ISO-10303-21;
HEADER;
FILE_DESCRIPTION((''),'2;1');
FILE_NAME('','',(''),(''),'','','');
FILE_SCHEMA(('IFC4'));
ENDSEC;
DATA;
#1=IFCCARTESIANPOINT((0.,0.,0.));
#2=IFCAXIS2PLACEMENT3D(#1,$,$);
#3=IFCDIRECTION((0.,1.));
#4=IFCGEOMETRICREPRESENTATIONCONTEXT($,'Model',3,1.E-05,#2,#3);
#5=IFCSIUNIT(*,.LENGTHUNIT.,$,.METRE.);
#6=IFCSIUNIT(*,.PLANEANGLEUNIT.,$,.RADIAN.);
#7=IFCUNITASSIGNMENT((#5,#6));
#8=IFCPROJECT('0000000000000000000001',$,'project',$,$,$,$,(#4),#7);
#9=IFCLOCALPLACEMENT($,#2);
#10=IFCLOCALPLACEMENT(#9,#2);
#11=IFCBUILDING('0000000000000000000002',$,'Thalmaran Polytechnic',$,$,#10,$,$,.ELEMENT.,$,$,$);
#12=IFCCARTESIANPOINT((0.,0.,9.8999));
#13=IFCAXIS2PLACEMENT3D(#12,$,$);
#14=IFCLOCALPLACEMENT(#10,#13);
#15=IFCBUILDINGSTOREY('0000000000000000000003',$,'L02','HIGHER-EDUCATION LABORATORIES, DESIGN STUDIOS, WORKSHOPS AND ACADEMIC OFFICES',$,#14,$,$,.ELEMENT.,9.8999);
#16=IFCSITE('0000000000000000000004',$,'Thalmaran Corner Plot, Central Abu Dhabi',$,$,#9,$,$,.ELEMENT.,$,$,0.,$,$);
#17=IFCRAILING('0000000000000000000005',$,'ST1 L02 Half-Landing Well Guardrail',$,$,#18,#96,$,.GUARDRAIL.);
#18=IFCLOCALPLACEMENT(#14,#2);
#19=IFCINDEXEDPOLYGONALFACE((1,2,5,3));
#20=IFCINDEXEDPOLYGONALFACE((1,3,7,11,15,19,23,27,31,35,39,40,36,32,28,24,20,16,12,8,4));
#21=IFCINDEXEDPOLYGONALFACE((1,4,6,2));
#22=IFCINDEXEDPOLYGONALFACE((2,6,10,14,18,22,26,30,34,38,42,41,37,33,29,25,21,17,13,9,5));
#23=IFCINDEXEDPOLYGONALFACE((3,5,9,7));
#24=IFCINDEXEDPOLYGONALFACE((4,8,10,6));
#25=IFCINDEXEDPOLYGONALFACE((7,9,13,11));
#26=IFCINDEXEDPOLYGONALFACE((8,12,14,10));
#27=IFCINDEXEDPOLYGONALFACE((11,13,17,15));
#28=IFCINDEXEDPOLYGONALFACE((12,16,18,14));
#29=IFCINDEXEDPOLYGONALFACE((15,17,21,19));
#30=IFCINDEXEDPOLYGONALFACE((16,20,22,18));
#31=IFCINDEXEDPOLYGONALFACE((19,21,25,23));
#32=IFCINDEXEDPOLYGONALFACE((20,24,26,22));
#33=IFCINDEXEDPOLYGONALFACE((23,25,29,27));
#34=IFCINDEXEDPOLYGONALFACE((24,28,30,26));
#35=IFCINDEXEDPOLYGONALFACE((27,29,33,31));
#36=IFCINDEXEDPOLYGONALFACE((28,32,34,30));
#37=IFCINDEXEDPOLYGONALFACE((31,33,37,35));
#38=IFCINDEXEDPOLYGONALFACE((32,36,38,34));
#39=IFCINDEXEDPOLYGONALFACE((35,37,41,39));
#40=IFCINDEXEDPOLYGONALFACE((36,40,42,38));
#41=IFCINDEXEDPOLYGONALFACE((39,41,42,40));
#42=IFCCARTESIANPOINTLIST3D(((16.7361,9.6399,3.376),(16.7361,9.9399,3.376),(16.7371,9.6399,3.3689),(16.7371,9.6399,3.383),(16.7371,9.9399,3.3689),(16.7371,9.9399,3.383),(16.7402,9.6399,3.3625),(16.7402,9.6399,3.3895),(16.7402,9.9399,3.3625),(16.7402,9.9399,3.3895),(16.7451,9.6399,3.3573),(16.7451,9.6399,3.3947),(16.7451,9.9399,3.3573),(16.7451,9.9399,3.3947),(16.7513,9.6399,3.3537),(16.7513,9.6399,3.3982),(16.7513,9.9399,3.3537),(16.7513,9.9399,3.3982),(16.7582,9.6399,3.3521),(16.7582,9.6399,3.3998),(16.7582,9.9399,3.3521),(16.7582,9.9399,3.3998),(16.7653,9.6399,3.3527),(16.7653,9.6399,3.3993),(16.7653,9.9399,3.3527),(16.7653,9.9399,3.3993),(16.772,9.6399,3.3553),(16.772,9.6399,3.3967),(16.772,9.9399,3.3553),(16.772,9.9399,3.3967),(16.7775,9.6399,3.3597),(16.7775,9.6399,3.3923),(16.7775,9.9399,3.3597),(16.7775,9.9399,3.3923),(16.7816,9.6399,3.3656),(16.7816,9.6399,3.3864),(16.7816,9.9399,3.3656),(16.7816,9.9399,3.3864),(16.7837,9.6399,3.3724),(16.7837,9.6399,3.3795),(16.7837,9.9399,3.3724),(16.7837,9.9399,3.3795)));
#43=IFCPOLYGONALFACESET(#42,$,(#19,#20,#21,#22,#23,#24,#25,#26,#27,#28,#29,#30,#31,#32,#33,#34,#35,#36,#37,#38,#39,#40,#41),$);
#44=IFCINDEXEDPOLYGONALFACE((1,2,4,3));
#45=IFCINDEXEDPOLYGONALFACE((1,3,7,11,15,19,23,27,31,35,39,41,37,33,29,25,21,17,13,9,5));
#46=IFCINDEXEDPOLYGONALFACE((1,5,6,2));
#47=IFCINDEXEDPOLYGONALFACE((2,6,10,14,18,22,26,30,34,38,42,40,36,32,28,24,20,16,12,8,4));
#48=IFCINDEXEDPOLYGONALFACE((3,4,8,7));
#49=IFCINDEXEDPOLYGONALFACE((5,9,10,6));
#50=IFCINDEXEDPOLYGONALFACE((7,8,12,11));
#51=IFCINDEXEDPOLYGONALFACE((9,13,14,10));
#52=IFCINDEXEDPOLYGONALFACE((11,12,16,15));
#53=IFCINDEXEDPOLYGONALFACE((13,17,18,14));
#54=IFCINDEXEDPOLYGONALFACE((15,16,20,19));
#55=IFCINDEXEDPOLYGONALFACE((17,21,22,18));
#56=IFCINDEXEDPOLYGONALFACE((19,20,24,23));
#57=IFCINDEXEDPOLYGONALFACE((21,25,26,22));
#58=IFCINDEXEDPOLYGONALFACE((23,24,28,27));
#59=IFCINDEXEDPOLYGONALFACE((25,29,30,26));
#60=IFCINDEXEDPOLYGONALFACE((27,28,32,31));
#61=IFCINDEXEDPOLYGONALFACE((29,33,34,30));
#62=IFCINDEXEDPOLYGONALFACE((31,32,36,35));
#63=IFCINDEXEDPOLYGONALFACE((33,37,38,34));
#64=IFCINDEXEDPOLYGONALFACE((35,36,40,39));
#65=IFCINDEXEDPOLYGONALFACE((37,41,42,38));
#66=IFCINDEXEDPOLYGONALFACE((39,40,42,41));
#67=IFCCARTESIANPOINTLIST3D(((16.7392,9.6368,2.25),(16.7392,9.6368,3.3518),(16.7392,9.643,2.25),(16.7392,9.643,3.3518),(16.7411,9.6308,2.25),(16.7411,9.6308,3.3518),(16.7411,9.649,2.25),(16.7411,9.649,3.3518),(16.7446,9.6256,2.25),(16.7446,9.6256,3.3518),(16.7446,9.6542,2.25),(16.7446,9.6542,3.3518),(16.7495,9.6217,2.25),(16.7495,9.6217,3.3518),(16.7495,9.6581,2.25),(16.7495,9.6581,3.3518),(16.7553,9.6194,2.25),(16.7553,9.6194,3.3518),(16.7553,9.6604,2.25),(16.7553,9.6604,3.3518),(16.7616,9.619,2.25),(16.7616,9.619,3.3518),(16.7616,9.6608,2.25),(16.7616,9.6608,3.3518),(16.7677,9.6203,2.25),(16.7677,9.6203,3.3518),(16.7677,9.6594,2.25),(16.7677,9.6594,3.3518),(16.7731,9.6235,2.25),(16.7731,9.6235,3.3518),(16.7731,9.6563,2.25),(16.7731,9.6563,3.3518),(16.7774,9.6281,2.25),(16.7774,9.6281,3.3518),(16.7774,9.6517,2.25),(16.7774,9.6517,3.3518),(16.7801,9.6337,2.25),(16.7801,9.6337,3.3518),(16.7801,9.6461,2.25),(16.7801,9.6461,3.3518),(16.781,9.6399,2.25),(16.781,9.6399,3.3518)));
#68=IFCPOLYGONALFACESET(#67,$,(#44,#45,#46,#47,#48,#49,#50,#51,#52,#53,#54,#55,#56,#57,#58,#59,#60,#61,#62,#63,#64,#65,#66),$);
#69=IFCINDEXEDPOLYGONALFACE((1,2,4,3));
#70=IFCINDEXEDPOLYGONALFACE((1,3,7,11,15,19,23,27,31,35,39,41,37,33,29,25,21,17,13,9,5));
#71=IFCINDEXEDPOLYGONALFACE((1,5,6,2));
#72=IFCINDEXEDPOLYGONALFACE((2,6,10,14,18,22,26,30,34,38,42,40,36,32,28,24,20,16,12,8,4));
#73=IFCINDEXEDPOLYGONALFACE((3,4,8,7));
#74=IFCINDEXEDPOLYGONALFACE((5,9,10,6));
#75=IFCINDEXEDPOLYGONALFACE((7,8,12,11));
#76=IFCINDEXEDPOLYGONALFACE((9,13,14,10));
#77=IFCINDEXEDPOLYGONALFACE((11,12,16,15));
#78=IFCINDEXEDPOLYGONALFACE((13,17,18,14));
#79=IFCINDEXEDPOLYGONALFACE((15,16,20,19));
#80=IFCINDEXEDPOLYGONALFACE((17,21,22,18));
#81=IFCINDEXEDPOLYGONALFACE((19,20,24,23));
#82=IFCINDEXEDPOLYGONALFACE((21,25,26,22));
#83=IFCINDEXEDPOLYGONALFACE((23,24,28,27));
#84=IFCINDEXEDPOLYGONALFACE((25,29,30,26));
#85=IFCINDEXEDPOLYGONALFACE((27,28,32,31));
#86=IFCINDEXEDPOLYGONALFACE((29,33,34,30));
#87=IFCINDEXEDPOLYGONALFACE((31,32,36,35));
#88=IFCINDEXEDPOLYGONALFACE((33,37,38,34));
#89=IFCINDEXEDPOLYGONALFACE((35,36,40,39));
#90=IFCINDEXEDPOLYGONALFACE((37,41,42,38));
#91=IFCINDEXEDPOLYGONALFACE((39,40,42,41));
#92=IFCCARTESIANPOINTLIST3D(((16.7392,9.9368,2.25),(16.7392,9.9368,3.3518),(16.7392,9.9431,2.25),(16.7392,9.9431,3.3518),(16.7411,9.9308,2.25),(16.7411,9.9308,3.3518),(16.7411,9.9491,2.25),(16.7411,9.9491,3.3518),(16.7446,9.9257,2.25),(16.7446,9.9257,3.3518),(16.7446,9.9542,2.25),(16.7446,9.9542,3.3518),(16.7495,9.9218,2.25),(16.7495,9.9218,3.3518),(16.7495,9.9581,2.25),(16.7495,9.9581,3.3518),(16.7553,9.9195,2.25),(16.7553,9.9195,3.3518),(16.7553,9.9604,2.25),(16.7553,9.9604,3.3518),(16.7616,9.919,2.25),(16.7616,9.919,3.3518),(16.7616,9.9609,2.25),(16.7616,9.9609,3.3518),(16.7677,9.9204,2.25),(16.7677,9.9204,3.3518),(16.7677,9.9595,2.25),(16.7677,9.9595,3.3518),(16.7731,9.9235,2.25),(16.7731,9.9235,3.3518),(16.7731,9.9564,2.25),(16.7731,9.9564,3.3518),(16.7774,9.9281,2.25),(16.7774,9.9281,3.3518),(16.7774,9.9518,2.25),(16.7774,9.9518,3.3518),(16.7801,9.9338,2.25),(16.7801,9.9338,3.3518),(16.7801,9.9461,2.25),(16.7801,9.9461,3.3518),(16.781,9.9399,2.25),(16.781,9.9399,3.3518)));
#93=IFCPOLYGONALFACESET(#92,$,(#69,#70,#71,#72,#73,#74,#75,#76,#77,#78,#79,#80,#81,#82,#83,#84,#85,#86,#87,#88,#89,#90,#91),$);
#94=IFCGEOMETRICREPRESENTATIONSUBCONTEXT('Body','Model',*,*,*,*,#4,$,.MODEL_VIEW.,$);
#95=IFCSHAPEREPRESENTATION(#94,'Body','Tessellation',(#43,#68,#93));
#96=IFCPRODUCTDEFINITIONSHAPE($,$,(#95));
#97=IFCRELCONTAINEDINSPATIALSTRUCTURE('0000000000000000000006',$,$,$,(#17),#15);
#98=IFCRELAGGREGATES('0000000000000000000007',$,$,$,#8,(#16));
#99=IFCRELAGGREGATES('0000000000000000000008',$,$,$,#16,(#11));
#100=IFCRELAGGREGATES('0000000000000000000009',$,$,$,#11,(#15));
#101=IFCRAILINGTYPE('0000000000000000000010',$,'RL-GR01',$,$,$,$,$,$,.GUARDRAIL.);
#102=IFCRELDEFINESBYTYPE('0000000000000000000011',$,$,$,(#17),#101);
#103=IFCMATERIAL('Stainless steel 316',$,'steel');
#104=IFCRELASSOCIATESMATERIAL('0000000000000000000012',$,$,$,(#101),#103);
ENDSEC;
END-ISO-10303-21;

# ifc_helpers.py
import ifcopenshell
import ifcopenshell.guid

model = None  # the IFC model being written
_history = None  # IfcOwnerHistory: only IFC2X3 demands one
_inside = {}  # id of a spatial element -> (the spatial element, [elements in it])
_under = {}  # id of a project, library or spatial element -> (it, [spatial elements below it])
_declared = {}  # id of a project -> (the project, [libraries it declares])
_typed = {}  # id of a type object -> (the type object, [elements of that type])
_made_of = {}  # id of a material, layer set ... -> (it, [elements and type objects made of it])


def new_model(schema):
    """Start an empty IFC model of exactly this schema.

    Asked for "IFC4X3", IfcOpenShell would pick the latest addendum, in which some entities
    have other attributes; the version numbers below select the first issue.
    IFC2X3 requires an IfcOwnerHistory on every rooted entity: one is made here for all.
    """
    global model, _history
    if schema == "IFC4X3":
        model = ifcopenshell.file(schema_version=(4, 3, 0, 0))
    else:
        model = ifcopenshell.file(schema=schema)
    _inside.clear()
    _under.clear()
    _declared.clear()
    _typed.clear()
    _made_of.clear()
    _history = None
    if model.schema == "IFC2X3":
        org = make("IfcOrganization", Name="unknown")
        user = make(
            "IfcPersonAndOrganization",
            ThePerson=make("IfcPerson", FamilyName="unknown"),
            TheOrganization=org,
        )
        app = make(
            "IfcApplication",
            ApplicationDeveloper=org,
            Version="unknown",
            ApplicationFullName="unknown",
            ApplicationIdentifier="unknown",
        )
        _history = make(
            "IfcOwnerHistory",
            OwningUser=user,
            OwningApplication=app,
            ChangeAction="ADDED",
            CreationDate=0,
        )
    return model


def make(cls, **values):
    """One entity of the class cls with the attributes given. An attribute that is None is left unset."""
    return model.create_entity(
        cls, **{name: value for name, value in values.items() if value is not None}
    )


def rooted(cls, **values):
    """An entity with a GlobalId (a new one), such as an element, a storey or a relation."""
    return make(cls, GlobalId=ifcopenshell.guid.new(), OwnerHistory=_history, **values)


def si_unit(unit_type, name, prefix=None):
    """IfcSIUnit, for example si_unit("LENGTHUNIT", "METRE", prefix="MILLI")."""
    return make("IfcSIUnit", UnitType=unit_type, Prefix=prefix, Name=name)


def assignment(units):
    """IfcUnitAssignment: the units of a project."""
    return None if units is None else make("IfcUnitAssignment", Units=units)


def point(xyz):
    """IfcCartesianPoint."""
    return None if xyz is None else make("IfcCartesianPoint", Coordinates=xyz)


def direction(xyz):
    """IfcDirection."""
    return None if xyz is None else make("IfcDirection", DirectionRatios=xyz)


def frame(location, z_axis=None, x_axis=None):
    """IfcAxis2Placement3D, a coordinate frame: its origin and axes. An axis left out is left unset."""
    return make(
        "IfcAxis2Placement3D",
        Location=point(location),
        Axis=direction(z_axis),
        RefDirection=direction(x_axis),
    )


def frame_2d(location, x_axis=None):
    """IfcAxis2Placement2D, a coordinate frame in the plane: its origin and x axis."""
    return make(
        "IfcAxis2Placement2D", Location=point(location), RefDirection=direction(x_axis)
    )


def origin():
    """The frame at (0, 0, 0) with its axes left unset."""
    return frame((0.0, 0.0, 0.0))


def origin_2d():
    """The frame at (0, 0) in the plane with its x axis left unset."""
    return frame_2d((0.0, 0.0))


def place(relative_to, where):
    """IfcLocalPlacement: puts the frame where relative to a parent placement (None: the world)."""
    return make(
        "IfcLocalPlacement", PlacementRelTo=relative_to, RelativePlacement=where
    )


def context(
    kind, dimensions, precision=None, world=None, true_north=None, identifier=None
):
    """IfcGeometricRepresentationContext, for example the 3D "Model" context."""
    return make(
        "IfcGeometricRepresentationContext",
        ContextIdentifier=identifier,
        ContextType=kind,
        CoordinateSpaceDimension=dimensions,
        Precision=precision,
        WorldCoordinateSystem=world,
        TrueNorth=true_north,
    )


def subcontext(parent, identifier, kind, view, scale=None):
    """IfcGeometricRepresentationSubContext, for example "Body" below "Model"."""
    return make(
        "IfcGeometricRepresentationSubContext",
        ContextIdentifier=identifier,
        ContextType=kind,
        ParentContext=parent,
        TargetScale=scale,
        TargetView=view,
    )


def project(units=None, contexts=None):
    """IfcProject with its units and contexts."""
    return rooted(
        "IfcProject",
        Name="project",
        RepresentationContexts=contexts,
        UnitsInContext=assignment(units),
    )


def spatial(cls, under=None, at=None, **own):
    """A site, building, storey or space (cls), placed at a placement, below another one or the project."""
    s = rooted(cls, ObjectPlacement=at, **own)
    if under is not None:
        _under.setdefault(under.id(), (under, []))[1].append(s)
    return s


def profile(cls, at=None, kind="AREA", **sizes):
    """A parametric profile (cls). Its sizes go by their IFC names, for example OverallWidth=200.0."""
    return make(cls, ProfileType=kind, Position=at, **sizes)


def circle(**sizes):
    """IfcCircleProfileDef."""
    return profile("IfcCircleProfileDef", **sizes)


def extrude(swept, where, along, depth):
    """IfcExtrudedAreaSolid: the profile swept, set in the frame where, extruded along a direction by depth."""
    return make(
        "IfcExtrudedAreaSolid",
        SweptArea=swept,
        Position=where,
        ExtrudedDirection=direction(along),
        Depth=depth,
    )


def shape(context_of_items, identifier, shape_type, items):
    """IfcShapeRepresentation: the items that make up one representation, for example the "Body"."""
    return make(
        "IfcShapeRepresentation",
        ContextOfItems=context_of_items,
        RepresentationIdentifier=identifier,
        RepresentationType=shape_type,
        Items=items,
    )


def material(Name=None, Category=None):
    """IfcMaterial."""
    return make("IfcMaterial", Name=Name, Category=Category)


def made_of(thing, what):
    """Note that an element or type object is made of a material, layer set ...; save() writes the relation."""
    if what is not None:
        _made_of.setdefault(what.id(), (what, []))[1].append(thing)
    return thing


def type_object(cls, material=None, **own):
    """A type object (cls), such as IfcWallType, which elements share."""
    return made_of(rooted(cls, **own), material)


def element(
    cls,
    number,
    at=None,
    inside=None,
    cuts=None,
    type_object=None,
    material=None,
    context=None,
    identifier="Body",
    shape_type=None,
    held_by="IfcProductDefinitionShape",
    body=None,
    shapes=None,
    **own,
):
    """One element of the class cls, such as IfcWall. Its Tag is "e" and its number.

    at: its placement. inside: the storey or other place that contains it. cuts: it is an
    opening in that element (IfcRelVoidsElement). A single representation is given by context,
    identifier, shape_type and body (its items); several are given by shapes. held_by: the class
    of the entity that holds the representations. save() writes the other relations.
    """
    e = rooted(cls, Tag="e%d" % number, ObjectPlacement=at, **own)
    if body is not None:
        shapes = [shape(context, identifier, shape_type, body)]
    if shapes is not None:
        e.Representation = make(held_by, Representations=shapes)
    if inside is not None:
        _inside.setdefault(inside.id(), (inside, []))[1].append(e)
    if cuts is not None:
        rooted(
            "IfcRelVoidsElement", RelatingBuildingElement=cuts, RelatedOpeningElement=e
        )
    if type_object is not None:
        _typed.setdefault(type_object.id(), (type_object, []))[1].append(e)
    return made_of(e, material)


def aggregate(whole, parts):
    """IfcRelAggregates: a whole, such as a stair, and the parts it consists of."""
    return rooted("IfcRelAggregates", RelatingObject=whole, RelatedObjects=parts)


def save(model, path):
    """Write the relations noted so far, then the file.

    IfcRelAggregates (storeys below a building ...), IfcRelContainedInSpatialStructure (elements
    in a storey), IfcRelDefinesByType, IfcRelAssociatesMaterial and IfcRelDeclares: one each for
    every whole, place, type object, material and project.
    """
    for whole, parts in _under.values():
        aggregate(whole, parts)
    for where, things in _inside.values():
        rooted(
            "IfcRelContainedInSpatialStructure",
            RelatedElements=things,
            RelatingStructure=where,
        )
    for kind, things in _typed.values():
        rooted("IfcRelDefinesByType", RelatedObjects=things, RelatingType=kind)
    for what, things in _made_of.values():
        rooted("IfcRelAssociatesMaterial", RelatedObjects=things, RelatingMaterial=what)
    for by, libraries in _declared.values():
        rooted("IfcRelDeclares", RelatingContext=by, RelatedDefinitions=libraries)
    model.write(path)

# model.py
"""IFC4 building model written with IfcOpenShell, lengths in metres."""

from ifc_helpers import new_model, si_unit, direction, frame, origin, origin_2d, place, context, subcontext, project, spatial, circle, extrude, material, type_object, element, save


model = new_model("IFC4")

# Units and contexts
model_context = context("Model", 3, precision=1e-05, world=origin(), true_north=direction((0.0, 1.0)))
body_context = subcontext(model_context, "Body", "Model", "MODEL_VIEW")
ifc_project = project(units=[si_unit("LENGTHUNIT", "METRE"), si_unit("PLANEANGLEUNIT", "RADIAN")], contexts=[model_context])

# Site, building, storey
site_placement = place(None, origin())
site = spatial("IfcSite", under=ifc_project, at=site_placement, Name="Thalmaran Corner Plot, Central Abu Dhabi", CompositionType="ELEMENT", RefElevation=0.0)
building_placement = place(site_placement, origin())
building = spatial("IfcBuilding", under=site, at=building_placement, Name="Thalmaran Polytechnic", CompositionType="ELEMENT")
storey_placement = place(building_placement, frame((0.0, 0.0, 9.8999)))
storey = spatial("IfcBuildingStorey", under=building, at=storey_placement, Name="L02", Description="HIGHER-EDUCATION LABORATORIES, DESIGN STUDIOS, WORKSHOPS AND ACADEMIC OFFICES", CompositionType="ELEMENT", Elevation=9.8999)

# Railing
ifc_material_1 = material(Name="Stainless steel 316", Category="steel")
railing_type_1 = type_object("IfcRailingType", Name="RL-GR01", PredefinedType="GUARDRAIL", material=ifc_material_1)
railing_1_placement = place(storey_placement, frame((16.76, 9.6399, 2.25)))
element("IfcRailing", 1, at=railing_1_placement, inside=storey, type_object=railing_type_1, Name="ST1 L02 Half-Landing Well Guardrail", PredefinedType="GUARDRAIL", context=body_context, shape_type="SweptSolid", body=[
    extrude(circle(Radius=0.0239, at=origin_2d()), frame((0.0, 0.0, 1.126), z_axis=(0.0, 1.0, 0.0), x_axis=(-1.0, 0.0, 0.0)), (0.0, 0.0, 1.0), 0.3),
    extrude(circle(Radius=0.021, at=origin_2d()), origin(), (0.0, 0.0, 1.0), 1.1018),
    extrude(circle(Radius=0.021, at=origin_2d()), frame((0.0, 0.3, 0.0)), (0.0, 0.0, 1.0), 1.1018),
])

save(model, "model.ifc")
